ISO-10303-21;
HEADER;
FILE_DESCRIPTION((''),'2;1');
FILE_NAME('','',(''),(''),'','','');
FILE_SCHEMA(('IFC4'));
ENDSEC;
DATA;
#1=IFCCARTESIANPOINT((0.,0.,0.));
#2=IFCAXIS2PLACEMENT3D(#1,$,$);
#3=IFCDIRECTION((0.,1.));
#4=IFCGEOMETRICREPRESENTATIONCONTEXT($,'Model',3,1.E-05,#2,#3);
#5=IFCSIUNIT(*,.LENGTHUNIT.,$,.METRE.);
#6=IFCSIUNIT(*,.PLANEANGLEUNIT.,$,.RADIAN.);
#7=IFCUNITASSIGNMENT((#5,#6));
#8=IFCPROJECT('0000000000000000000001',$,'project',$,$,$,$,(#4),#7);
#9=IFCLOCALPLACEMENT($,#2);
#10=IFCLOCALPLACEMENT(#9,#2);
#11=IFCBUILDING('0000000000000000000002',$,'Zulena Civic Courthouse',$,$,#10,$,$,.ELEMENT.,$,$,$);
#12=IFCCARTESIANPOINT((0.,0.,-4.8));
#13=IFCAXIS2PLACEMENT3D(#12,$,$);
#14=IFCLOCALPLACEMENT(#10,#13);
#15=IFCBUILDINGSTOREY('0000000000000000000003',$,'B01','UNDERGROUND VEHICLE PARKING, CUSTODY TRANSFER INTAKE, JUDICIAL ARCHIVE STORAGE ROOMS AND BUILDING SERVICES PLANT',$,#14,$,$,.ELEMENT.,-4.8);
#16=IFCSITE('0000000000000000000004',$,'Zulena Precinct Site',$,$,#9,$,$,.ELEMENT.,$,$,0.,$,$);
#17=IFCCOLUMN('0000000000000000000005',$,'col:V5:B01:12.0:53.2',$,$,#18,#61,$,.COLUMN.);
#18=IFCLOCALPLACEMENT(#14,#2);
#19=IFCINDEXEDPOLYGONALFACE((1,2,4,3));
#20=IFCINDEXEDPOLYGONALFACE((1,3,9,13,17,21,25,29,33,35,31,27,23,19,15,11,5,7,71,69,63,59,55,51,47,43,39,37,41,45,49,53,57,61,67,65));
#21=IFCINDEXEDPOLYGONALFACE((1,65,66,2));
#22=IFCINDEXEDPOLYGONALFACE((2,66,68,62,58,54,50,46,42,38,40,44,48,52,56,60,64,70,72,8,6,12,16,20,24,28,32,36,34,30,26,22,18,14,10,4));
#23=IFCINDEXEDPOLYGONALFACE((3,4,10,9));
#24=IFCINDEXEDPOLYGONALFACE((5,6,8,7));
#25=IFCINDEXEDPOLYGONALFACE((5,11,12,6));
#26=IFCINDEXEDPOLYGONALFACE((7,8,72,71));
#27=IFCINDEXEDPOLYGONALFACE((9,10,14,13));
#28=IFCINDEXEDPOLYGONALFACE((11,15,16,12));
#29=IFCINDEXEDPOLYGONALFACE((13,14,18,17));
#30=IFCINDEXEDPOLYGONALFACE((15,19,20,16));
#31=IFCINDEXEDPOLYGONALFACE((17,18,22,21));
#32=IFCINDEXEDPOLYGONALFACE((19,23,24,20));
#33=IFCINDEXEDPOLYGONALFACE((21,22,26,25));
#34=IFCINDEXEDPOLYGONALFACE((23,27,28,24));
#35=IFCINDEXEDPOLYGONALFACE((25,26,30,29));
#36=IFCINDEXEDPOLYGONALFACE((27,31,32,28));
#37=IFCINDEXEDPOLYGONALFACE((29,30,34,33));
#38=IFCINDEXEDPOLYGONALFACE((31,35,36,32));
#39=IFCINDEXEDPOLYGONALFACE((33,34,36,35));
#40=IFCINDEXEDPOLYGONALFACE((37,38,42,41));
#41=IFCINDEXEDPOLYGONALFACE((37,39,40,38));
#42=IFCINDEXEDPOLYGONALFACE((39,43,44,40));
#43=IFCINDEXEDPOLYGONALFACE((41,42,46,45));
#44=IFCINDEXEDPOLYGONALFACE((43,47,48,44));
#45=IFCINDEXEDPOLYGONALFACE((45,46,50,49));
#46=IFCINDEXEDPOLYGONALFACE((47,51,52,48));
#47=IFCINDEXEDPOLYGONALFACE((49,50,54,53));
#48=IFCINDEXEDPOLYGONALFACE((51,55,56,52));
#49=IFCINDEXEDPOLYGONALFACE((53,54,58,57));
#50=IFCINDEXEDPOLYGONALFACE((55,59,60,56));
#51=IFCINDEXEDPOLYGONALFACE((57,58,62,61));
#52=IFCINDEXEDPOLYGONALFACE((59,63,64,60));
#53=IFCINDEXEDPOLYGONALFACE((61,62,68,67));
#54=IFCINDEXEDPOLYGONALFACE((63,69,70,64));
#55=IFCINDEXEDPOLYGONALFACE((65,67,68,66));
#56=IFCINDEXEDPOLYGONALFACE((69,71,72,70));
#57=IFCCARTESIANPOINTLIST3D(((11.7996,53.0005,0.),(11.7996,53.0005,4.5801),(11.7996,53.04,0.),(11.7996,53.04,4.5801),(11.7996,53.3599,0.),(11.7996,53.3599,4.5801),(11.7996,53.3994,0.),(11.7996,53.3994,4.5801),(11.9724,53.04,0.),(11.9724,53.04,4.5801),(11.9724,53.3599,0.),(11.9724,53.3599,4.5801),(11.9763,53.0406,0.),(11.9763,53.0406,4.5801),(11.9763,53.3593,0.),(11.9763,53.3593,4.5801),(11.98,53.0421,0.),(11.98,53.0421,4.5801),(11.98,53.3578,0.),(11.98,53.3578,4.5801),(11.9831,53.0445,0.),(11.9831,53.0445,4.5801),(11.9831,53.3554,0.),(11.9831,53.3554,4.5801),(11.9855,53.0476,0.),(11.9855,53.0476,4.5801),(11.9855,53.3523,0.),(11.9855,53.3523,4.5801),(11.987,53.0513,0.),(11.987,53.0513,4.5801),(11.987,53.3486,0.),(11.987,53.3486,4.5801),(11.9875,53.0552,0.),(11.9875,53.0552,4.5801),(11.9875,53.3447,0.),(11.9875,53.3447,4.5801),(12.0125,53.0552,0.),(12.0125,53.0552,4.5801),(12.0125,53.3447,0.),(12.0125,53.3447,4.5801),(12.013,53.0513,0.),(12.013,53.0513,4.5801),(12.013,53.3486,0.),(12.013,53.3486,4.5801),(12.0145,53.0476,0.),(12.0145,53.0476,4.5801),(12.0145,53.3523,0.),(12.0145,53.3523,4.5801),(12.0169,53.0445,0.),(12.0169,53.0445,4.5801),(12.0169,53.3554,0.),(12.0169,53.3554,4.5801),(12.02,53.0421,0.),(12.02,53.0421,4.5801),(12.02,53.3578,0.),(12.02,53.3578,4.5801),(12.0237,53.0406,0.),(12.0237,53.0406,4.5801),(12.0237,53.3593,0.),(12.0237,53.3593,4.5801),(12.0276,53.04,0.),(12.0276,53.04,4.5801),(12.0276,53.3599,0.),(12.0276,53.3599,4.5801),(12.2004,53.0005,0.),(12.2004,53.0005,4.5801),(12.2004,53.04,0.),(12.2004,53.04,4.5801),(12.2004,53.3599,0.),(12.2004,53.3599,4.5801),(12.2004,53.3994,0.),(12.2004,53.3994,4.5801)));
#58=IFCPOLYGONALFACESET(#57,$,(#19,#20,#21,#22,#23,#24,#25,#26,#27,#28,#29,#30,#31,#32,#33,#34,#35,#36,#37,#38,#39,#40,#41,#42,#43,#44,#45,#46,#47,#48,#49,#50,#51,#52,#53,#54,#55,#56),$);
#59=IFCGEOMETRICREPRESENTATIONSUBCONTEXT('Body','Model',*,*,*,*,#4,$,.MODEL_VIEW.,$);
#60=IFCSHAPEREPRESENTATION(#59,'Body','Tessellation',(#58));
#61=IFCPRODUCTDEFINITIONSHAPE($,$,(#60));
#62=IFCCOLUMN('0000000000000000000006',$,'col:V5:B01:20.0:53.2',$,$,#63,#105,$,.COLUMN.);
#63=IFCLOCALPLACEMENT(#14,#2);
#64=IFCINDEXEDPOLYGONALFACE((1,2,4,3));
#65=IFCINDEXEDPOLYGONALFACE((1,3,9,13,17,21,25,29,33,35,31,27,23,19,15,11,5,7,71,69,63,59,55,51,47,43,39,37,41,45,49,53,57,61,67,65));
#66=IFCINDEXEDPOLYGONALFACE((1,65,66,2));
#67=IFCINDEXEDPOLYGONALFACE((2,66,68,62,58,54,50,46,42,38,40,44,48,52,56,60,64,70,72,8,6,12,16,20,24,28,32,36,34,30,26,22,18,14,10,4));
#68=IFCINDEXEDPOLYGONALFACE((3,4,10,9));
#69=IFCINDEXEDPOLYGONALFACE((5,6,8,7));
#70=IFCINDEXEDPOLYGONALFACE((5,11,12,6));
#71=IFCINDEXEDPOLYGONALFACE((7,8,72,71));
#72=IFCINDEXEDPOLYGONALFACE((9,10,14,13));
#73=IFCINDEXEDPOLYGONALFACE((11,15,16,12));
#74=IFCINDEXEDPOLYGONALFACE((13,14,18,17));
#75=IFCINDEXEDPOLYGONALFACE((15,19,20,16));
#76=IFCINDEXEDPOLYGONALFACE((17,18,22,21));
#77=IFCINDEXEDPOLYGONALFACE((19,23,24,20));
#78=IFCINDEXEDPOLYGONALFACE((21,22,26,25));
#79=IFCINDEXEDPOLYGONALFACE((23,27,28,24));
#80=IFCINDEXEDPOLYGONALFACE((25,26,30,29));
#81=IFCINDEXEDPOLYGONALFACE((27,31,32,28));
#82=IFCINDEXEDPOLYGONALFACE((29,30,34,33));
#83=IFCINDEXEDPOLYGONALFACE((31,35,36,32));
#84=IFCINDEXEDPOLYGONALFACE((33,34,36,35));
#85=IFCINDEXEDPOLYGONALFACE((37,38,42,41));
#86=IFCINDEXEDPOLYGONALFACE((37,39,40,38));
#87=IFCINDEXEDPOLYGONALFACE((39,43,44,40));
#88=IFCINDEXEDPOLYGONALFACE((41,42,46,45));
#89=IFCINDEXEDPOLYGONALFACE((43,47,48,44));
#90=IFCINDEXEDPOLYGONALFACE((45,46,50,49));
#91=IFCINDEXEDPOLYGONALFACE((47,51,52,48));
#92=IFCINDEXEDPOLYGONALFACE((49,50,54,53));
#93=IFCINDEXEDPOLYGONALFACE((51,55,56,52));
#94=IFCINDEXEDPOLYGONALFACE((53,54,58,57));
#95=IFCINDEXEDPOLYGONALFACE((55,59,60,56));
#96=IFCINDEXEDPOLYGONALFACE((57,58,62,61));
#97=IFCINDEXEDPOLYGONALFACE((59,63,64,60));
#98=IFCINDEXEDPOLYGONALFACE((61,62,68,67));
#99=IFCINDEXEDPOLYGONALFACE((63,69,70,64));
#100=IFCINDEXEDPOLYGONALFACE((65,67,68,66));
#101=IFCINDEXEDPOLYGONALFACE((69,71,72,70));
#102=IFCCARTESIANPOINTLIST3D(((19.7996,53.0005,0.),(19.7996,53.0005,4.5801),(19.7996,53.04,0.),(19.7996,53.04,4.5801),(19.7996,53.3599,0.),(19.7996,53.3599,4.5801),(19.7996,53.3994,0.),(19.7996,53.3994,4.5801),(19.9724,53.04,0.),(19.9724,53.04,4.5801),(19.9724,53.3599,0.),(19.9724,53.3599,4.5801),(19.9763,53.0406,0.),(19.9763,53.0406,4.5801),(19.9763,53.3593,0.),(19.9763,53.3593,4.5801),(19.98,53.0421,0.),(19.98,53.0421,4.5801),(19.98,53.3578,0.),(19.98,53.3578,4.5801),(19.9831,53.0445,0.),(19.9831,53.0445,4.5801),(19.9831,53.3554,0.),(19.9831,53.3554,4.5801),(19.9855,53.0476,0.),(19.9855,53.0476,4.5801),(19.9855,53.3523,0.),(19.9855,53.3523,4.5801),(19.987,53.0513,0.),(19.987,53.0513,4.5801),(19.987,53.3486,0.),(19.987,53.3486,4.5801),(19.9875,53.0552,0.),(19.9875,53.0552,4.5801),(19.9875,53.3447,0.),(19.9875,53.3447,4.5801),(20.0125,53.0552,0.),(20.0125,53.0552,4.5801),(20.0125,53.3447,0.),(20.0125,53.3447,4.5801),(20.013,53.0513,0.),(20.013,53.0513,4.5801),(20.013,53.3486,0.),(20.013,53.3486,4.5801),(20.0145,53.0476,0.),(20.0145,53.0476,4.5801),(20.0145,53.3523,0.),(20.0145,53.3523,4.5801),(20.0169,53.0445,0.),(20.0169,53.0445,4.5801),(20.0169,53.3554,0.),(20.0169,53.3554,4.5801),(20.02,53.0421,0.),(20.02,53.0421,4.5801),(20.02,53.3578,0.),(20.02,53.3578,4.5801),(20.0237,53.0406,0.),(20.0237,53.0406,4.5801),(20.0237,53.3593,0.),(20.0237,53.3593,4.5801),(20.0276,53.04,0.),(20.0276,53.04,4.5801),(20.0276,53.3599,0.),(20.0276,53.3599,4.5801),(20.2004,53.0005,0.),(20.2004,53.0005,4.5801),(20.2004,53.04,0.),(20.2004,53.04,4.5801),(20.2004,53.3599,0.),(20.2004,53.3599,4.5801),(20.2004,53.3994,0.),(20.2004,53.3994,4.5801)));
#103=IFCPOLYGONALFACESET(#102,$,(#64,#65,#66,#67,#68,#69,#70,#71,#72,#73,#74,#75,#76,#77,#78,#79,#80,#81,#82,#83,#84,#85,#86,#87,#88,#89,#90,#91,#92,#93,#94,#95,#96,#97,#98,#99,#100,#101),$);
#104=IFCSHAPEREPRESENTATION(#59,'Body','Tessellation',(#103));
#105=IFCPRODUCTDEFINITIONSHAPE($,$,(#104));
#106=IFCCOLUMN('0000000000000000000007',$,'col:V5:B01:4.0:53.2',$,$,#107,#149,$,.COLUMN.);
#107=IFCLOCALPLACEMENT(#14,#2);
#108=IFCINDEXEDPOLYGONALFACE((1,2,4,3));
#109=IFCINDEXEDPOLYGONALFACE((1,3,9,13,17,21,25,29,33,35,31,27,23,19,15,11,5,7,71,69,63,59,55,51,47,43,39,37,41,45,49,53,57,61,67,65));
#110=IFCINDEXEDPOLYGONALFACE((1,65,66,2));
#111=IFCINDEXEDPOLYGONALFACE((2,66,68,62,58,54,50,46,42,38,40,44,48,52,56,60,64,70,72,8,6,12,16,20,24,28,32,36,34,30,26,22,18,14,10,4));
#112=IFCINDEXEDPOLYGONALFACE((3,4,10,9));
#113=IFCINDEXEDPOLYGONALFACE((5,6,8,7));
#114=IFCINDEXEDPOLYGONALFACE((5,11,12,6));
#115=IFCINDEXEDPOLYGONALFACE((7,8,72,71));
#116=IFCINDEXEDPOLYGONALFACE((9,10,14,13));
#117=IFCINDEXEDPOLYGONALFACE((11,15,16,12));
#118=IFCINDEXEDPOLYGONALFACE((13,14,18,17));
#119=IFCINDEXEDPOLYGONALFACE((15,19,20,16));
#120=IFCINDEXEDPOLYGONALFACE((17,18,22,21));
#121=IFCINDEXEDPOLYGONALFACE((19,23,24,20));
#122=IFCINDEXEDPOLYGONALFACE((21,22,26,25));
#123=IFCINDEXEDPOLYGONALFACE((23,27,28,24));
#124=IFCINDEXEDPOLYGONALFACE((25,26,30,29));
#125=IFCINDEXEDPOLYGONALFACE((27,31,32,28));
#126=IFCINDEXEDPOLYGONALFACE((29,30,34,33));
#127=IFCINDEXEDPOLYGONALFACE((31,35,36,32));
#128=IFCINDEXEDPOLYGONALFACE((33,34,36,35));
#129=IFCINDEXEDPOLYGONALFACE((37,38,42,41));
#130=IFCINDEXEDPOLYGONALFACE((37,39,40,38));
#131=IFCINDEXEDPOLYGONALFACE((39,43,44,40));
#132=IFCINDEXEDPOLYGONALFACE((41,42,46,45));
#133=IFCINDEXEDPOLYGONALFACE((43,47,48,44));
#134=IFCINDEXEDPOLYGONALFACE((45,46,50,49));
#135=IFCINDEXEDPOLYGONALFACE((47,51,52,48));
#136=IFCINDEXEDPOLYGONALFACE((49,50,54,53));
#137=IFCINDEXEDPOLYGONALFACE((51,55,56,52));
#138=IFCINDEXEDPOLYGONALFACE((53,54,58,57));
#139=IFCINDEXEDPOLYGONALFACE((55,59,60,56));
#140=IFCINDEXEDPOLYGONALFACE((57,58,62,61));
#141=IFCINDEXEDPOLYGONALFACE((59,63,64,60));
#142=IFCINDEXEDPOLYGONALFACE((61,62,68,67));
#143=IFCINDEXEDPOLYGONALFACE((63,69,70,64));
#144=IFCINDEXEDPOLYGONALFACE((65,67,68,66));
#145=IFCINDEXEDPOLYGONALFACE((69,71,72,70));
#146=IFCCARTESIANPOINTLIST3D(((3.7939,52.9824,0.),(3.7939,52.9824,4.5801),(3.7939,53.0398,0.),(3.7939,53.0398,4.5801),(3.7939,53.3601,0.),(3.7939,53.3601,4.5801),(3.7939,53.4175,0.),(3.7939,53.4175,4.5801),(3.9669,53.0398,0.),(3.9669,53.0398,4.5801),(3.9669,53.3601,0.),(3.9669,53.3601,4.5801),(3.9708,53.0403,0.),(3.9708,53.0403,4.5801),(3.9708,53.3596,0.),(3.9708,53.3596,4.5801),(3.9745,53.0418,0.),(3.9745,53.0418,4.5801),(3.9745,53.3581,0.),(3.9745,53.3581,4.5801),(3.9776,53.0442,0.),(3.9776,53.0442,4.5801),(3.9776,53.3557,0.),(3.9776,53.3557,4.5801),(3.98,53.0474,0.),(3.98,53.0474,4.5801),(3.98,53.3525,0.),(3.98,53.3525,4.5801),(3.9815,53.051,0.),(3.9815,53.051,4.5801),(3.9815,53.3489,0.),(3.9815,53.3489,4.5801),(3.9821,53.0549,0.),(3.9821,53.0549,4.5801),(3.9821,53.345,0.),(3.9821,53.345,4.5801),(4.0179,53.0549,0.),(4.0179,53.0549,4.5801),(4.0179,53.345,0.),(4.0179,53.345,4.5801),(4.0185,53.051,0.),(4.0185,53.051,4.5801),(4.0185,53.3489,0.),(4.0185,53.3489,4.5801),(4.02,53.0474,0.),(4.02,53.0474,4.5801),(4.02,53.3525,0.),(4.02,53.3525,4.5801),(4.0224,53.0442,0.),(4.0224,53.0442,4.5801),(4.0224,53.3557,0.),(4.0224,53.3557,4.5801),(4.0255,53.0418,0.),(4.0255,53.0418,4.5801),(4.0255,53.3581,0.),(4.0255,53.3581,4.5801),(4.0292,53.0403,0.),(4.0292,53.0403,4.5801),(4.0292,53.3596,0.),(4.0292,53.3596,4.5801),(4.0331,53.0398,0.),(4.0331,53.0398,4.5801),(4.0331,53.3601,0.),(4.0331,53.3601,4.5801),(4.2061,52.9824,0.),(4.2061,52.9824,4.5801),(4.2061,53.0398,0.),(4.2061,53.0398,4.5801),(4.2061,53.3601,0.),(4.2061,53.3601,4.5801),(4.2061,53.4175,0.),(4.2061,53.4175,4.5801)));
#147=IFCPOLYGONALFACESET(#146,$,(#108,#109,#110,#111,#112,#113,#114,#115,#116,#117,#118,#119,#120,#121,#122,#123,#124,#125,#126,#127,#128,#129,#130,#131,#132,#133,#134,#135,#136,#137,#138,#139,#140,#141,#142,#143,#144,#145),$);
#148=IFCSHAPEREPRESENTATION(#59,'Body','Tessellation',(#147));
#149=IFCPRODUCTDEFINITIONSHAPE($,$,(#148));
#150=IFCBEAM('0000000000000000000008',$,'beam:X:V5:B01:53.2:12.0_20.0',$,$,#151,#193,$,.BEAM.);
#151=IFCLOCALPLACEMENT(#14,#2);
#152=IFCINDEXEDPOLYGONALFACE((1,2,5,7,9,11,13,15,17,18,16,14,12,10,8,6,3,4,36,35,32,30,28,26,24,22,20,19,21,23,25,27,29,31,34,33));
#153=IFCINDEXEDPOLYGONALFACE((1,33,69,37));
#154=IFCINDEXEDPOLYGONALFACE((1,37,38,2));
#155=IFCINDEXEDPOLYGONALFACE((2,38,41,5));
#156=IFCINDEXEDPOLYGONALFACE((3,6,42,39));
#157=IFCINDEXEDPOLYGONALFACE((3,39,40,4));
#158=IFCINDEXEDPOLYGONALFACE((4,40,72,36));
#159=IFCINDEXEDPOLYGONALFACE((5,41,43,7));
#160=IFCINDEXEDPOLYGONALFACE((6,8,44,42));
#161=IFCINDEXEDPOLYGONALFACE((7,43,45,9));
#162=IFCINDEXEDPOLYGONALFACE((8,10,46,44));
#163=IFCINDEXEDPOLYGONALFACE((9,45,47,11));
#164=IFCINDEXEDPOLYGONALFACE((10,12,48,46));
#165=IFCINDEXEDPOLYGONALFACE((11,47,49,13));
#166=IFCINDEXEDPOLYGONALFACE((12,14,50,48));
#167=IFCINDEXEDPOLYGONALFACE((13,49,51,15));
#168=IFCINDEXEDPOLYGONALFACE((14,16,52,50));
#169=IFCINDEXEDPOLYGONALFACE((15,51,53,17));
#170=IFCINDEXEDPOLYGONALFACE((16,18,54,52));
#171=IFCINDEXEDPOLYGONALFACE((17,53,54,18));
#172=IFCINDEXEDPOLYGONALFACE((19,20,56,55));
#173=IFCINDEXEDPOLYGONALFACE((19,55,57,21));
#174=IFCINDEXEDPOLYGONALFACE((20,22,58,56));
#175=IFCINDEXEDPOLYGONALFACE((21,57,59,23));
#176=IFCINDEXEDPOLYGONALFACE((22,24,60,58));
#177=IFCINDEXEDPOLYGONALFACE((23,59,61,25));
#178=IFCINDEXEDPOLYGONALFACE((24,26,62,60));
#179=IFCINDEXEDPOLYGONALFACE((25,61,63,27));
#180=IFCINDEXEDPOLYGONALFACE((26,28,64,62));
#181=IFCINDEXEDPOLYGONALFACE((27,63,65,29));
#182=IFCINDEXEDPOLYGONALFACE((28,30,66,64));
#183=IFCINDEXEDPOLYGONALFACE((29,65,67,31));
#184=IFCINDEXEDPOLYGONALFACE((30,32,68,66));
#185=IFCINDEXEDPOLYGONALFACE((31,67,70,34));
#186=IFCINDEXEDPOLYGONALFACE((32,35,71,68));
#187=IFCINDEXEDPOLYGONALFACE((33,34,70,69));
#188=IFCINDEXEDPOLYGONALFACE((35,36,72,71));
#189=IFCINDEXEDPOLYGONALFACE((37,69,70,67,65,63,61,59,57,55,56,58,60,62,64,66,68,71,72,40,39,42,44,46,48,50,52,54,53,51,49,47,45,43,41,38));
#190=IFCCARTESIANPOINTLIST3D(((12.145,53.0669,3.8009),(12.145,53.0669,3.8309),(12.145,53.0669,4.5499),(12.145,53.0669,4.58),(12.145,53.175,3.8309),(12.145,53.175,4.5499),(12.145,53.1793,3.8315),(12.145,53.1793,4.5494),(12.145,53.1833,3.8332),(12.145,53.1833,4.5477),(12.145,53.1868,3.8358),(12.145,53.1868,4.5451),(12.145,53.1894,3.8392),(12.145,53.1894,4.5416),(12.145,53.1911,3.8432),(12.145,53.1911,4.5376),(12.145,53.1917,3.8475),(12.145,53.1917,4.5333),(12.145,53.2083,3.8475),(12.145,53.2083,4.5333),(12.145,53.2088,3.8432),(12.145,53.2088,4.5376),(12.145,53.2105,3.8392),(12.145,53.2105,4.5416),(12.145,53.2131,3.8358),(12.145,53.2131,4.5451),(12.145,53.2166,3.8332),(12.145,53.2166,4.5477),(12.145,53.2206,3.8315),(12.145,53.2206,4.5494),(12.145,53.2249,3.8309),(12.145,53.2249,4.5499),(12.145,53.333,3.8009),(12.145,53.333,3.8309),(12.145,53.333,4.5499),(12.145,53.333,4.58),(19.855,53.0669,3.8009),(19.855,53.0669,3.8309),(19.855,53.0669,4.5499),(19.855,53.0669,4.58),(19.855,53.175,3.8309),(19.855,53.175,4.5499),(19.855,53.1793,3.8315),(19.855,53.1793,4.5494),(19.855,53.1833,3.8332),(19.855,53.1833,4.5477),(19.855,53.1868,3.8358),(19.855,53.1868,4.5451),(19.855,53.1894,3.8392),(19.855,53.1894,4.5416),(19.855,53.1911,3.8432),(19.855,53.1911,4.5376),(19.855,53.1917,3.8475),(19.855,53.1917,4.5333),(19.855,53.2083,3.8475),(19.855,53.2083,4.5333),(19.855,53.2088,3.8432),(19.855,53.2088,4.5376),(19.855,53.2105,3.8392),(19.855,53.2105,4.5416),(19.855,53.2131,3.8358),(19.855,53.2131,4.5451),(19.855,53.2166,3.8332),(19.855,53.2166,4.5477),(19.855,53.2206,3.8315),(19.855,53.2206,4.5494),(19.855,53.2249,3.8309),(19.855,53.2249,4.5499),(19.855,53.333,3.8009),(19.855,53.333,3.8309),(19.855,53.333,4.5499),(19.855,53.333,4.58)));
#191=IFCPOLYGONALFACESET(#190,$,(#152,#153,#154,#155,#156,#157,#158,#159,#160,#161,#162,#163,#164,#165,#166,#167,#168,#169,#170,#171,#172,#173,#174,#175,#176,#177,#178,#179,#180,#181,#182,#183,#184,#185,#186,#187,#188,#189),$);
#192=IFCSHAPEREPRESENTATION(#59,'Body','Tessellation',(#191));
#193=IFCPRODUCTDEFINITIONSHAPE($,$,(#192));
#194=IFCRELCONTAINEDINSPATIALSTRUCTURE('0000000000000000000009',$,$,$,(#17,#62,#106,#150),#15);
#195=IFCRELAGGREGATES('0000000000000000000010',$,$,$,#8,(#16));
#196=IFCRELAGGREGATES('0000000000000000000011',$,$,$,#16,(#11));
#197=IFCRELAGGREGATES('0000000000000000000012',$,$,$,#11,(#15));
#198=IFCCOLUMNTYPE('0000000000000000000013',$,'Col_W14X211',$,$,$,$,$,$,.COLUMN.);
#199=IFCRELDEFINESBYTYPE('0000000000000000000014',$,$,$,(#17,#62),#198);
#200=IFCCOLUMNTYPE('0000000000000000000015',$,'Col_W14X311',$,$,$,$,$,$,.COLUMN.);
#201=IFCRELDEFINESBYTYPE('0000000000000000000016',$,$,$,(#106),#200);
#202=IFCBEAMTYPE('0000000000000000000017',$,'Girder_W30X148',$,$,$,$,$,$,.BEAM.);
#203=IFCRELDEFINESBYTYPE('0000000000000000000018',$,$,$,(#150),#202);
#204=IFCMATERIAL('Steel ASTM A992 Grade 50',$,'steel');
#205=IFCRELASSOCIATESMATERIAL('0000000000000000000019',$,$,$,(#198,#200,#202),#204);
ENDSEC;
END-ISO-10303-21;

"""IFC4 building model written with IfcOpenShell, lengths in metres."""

from ifc_helpers import new_model, si_unit, direction, frame, origin, origin_2d, place, context, subcontext, project, spatial, i_section, extrude, material, material_profile, profile_set, type_object, element, save


model = new_model("IFC4")

# Units and contexts
model_context = context("Model", 3, precision=1e-05, world=origin(), true_north=direction((0.0, 1.0)))
body_context = subcontext(model_context, "Body", "Model", "MODEL_VIEW")
ifc_project = project(units=[si_unit("LENGTHUNIT", "METRE"), si_unit("PLANEANGLEUNIT", "RADIAN")], contexts=[model_context])

# Site, building, storey
site_placement = place(None, origin())
site = spatial("IfcSite", under=ifc_project, at=site_placement, Name="Zulena Precinct Site", CompositionType="ELEMENT", RefElevation=0.0)
building_placement = place(site_placement, origin())
building = spatial("IfcBuilding", under=site, at=building_placement, Name="Zulena Civic Courthouse", CompositionType="ELEMENT")
storey_placement = place(building_placement, frame((0.0, 0.0, -4.8)))
storey = spatial("IfcBuildingStorey", under=building, at=storey_placement, Name="B01", Description="UNDERGROUND VEHICLE PARKING, CUSTODY TRANSFER INTAKE, JUDICIAL ARCHIVE STORAGE ROOMS AND BUILDING SERVICES PLANT", CompositionType="ELEMENT", Elevation=-4.8)

# Columns
ifc_material_1 = material(Name="Steel ASTM A992 Grade 50", Category="steel")
ifc_material_profile_1 = material_profile(ifc_material_1, i_section(OverallWidth=0.4009, OverallDepth=0.3989, WebThickness=0.0249, FlangeThickness=0.0396, FilletRadius=0.0151, at=origin_2d()), Name="W14X211")
ifc_profile_set_1 = profile_set([ifc_material_profile_1], Name="Steel ASTM A992 Grade 50")
column_type_1 = type_object("IfcColumnType", Name="Col_W14X211", PredefinedType="COLUMN", material=ifc_profile_set_1)
for number, where, z_axis, x_axis, name in (
    (1, (12.0, 53.2, 0.0), (0.0, 0.0, 1.0), (1.0, 0.0, 0.0), "col:V5:B01:12.0:53.2"),
    (2, (20.0, 53.2, 0.0), (0.0, 0.0, 1.0), (1.0, 0.0, 0.0), "col:V5:B01:20.0:53.2"),
):
    element("IfcColumn", number, at=place(storey_placement, frame(where, z_axis=z_axis, x_axis=x_axis)), inside=storey, type_object=column_type_1, Name=name, PredefinedType="COLUMN", context=body_context, shape_type="SweptSolid", body=[
        extrude(i_section(OverallWidth=0.4009, OverallDepth=0.3989, WebThickness=0.0249, FlangeThickness=0.0396, FilletRadius=0.0151, at=origin_2d()), origin(), (0.0, 0.0, 1.0), 4.5801),
    ])
ifc_material_profile_2 = material_profile(ifc_material_1, i_section(OverallWidth=0.4121, OverallDepth=0.4351, WebThickness=0.0359, FlangeThickness=0.0574, FilletRadius=0.0151, at=origin_2d()), Name="W14X311")
ifc_profile_set_2 = profile_set([ifc_material_profile_2], Name="Steel ASTM A992 Grade 50")
column_type_2 = type_object("IfcColumnType", Name="Col_W14X311", PredefinedType="COLUMN", material=ifc_profile_set_2)
column_placement = place(storey_placement, frame((4.0, 53.2, 0.0), z_axis=(0.0, 0.0, 1.0), x_axis=(1.0, 0.0, 0.0)))
element("IfcColumn", 3, at=column_placement, inside=storey, type_object=column_type_2, Name="col:V5:B01:4.0:53.2", PredefinedType="COLUMN", context=body_context, shape_type="SweptSolid", body=[
    extrude(i_section(OverallWidth=0.4121, OverallDepth=0.4351, WebThickness=0.0359, FlangeThickness=0.0574, FilletRadius=0.0151, at=origin_2d()), origin(), (0.0, 0.0, 1.0), 4.5801),
])

# Beam
ifc_material_profile_3 = material_profile(ifc_material_1, i_section(OverallWidth=0.2661, OverallDepth=0.7791, WebThickness=0.0166, FlangeThickness=0.03, FilletRadius=0.0166, at=origin_2d()), Name="W30X148")
ifc_profile_set_3 = profile_set([ifc_material_profile_3], Name="Steel ASTM A992 Grade 50")
beam_type_1 = type_object("IfcBeamType", Name="Girder_W30X148", PredefinedType="BEAM", material=ifc_profile_set_3)
beam_1_placement = place(storey_placement, frame((12.145, 53.2, 4.1904), z_axis=(1.0, 0.0, 0.0), x_axis=(0.0, 1.0, 0.0)))
element("IfcBeam", 4, at=beam_1_placement, inside=storey, type_object=beam_type_1, Name="beam:X:V5:B01:53.2:12.0_20.0", PredefinedType="BEAM", context=body_context, shape_type="SweptSolid", body=[
    extrude(i_section(OverallWidth=0.2661, OverallDepth=0.7791, WebThickness=0.0166, FlangeThickness=0.03, FilletRadius=0.0166, at=origin_2d()), origin(), (0.0, 0.0, 1.0), 7.71),
])

save(model, "model.ifc")
